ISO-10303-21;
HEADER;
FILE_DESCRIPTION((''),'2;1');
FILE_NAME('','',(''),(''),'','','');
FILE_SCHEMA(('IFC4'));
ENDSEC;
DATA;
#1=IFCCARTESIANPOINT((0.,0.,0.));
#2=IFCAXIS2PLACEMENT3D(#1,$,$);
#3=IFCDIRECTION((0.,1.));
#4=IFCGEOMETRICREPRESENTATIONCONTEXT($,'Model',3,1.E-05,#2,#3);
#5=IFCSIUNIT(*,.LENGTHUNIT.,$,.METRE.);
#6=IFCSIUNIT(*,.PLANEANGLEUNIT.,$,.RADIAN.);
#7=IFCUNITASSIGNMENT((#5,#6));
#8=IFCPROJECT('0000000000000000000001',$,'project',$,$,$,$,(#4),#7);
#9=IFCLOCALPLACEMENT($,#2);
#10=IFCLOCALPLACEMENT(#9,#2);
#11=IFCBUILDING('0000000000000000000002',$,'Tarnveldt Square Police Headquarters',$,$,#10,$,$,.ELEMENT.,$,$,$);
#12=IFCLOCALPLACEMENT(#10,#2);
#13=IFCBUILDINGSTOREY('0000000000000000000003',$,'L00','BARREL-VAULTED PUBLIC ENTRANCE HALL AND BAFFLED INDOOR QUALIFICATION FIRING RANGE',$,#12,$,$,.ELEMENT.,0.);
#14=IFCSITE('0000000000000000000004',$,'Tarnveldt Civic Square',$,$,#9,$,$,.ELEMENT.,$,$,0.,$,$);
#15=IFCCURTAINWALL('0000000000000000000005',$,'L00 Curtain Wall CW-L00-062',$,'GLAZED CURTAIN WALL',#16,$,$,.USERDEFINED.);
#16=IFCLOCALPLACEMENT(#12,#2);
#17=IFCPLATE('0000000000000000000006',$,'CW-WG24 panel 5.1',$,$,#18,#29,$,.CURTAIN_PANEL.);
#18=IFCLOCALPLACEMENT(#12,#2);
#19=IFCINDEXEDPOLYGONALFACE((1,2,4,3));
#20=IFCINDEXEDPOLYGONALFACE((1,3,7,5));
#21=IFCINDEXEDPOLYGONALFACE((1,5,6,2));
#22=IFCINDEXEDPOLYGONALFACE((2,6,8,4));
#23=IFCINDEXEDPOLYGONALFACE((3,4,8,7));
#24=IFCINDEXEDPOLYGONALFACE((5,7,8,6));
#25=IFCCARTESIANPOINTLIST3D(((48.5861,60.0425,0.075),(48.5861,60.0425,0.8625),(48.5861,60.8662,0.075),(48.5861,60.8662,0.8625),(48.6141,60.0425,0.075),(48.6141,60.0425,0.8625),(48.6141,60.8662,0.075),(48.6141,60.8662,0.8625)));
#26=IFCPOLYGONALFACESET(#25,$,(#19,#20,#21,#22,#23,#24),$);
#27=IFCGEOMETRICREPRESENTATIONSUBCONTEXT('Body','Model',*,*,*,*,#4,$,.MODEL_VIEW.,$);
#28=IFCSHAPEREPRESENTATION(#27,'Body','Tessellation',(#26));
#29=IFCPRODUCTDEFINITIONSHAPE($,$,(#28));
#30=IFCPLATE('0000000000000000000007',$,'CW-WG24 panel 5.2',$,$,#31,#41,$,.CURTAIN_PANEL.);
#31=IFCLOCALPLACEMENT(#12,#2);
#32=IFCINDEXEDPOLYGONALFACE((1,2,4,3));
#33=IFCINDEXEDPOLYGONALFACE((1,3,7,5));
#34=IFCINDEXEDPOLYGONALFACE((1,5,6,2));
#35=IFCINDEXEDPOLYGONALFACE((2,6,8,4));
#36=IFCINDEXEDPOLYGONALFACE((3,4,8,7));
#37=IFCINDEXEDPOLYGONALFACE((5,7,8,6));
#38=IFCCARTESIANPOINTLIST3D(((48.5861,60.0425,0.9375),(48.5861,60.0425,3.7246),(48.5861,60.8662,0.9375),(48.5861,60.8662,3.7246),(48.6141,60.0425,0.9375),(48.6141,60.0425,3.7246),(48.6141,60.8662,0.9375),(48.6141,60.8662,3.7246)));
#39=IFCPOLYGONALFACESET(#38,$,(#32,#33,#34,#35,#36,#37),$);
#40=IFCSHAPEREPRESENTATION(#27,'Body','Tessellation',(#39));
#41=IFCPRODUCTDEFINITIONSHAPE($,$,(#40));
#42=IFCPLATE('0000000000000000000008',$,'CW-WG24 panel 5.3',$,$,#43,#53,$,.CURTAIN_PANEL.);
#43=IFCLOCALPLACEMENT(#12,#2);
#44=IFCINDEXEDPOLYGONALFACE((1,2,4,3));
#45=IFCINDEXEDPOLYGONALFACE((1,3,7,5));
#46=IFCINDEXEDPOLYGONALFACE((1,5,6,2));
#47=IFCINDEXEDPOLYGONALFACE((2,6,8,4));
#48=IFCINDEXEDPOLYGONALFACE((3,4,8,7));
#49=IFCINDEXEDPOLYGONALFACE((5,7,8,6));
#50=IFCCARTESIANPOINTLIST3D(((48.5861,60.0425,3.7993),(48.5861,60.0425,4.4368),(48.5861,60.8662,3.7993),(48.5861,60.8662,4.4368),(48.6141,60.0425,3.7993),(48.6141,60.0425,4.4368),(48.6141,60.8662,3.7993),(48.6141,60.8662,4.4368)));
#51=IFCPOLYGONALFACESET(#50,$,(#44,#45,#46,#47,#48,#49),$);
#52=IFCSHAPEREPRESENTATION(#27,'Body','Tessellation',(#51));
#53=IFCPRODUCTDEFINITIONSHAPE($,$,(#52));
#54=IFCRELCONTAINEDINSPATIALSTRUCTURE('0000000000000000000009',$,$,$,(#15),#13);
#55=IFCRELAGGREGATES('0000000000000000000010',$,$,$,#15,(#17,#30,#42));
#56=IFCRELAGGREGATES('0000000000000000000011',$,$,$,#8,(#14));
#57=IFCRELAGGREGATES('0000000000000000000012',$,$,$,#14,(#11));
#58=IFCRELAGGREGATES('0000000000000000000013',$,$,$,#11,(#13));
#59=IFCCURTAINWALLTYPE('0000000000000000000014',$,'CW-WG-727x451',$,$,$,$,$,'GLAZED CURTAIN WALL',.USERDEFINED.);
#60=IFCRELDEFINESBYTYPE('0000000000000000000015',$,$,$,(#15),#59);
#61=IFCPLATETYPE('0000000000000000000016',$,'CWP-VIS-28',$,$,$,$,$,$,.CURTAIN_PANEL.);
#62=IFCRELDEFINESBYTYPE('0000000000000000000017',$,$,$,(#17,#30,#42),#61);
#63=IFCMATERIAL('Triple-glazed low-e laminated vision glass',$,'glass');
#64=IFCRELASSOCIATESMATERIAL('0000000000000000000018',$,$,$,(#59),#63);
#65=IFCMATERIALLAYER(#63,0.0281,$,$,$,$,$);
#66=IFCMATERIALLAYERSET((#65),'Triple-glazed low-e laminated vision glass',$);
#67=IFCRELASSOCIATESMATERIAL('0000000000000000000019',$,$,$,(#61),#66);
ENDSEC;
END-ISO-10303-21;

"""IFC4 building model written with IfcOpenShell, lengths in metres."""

from ifc_helpers import new_model, si_unit, direction, frame, origin, origin_2d, place, context, subcontext, project, spatial, rectangle, extrude, material, layer, layer_set, type_object, element, aggregate, save


model = new_model("IFC4")

# Units and contexts
model_context = context("Model", 3, precision=1e-05, world=origin(), true_north=direction((0.0, 1.0)))
body_context = subcontext(model_context, "Body", "Model", "MODEL_VIEW")
ifc_project = project(units=[si_unit("LENGTHUNIT", "METRE"), si_unit("PLANEANGLEUNIT", "RADIAN")], contexts=[model_context])

# Site, building, storey
site_placement = place(None, origin())
site = spatial("IfcSite", under=ifc_project, at=site_placement, Name="Tarnveldt Civic Square", CompositionType="ELEMENT", RefElevation=0.0)
building_placement = place(site_placement, origin())
building = spatial("IfcBuilding", under=site, at=building_placement, Name="Tarnveldt Square Police Headquarters", CompositionType="ELEMENT")
storey_placement = place(building_placement, origin())
storey = spatial("IfcBuildingStorey", under=building, at=storey_placement, Name="L00", Description="BARREL-VAULTED PUBLIC ENTRANCE HALL AND BAFFLED INDOOR QUALIFICATION FIRING RANGE", CompositionType="ELEMENT", Elevation=0.0)

# Curtain wall, plates
ifc_material_1 = material(Name="Triple-glazed low-e laminated vision glass", Category="glass")
curtain_wall_type = type_object("IfcCurtainWallType", Name="CW-WG-727x451", ElementType="GLAZED CURTAIN WALL", PredefinedType="USERDEFINED", material=ifc_material_1)
curtain_wall_placement = place(storey_placement, origin())
curtain_wall = element("IfcCurtainWall", 1, at=curtain_wall_placement, inside=storey, type_object=curtain_wall_type, Name="L00 Curtain Wall CW-L00-062", ObjectType="GLAZED CURTAIN WALL", PredefinedType="USERDEFINED")
ifc_layer = layer(ifc_material_1, 0.0281)
ifc_layer_set = layer_set([ifc_layer], Name="Triple-glazed low-e laminated vision glass")
plate_type = type_object("IfcPlateType", Name="CWP-VIS-28", PredefinedType="CURTAIN_PANEL", material=ifc_layer_set)
plate_1_placement = place(storey_placement, frame((48.6001, 60.4543, 0.075), z_axis=(0.0, 0.0, 1.0), x_axis=(0.0, 1.0, 0.0)))
plate_1 = element("IfcPlate", 2, at=plate_1_placement, type_object=plate_type, Name="CW-WG24 panel 5.1", PredefinedType="CURTAIN_PANEL", context=body_context, shape_type="SweptSolid", body=[
    extrude(rectangle(XDim=0.8237, YDim=0.0281, at=origin_2d()), origin(), (0.0, 0.0, 1.0), 0.7876),
])
plate_2_placement = place(storey_placement, frame((48.6001, 60.4543, 0.9375), z_axis=(0.0, 0.0, 1.0), x_axis=(0.0, 1.0, 0.0)))
plate_2 = element("IfcPlate", 3, at=plate_2_placement, type_object=plate_type, Name="CW-WG24 panel 5.2", PredefinedType="CURTAIN_PANEL", context=body_context, shape_type="SweptSolid", body=[
    extrude(rectangle(XDim=0.8237, YDim=0.0281, at=origin_2d()), origin(), (0.0, 0.0, 1.0), 2.7871),
])
plate_3_placement = place(storey_placement, frame((48.6001, 60.4543, 3.7993), z_axis=(0.0, 0.0, 1.0), x_axis=(0.0, 1.0, 0.0)))
plate_3 = element("IfcPlate", 4, at=plate_3_placement, type_object=plate_type, Name="CW-WG24 panel 5.3", PredefinedType="CURTAIN_PANEL", context=body_context, shape_type="SweptSolid", body=[
    extrude(rectangle(XDim=0.8237, YDim=0.0281, at=origin_2d()), origin(), (0.0, 0.0, 1.0), 0.6375),
])
aggregate(curtain_wall, [plate_1, plate_2, plate_3])

save(model, "model.ifc")
